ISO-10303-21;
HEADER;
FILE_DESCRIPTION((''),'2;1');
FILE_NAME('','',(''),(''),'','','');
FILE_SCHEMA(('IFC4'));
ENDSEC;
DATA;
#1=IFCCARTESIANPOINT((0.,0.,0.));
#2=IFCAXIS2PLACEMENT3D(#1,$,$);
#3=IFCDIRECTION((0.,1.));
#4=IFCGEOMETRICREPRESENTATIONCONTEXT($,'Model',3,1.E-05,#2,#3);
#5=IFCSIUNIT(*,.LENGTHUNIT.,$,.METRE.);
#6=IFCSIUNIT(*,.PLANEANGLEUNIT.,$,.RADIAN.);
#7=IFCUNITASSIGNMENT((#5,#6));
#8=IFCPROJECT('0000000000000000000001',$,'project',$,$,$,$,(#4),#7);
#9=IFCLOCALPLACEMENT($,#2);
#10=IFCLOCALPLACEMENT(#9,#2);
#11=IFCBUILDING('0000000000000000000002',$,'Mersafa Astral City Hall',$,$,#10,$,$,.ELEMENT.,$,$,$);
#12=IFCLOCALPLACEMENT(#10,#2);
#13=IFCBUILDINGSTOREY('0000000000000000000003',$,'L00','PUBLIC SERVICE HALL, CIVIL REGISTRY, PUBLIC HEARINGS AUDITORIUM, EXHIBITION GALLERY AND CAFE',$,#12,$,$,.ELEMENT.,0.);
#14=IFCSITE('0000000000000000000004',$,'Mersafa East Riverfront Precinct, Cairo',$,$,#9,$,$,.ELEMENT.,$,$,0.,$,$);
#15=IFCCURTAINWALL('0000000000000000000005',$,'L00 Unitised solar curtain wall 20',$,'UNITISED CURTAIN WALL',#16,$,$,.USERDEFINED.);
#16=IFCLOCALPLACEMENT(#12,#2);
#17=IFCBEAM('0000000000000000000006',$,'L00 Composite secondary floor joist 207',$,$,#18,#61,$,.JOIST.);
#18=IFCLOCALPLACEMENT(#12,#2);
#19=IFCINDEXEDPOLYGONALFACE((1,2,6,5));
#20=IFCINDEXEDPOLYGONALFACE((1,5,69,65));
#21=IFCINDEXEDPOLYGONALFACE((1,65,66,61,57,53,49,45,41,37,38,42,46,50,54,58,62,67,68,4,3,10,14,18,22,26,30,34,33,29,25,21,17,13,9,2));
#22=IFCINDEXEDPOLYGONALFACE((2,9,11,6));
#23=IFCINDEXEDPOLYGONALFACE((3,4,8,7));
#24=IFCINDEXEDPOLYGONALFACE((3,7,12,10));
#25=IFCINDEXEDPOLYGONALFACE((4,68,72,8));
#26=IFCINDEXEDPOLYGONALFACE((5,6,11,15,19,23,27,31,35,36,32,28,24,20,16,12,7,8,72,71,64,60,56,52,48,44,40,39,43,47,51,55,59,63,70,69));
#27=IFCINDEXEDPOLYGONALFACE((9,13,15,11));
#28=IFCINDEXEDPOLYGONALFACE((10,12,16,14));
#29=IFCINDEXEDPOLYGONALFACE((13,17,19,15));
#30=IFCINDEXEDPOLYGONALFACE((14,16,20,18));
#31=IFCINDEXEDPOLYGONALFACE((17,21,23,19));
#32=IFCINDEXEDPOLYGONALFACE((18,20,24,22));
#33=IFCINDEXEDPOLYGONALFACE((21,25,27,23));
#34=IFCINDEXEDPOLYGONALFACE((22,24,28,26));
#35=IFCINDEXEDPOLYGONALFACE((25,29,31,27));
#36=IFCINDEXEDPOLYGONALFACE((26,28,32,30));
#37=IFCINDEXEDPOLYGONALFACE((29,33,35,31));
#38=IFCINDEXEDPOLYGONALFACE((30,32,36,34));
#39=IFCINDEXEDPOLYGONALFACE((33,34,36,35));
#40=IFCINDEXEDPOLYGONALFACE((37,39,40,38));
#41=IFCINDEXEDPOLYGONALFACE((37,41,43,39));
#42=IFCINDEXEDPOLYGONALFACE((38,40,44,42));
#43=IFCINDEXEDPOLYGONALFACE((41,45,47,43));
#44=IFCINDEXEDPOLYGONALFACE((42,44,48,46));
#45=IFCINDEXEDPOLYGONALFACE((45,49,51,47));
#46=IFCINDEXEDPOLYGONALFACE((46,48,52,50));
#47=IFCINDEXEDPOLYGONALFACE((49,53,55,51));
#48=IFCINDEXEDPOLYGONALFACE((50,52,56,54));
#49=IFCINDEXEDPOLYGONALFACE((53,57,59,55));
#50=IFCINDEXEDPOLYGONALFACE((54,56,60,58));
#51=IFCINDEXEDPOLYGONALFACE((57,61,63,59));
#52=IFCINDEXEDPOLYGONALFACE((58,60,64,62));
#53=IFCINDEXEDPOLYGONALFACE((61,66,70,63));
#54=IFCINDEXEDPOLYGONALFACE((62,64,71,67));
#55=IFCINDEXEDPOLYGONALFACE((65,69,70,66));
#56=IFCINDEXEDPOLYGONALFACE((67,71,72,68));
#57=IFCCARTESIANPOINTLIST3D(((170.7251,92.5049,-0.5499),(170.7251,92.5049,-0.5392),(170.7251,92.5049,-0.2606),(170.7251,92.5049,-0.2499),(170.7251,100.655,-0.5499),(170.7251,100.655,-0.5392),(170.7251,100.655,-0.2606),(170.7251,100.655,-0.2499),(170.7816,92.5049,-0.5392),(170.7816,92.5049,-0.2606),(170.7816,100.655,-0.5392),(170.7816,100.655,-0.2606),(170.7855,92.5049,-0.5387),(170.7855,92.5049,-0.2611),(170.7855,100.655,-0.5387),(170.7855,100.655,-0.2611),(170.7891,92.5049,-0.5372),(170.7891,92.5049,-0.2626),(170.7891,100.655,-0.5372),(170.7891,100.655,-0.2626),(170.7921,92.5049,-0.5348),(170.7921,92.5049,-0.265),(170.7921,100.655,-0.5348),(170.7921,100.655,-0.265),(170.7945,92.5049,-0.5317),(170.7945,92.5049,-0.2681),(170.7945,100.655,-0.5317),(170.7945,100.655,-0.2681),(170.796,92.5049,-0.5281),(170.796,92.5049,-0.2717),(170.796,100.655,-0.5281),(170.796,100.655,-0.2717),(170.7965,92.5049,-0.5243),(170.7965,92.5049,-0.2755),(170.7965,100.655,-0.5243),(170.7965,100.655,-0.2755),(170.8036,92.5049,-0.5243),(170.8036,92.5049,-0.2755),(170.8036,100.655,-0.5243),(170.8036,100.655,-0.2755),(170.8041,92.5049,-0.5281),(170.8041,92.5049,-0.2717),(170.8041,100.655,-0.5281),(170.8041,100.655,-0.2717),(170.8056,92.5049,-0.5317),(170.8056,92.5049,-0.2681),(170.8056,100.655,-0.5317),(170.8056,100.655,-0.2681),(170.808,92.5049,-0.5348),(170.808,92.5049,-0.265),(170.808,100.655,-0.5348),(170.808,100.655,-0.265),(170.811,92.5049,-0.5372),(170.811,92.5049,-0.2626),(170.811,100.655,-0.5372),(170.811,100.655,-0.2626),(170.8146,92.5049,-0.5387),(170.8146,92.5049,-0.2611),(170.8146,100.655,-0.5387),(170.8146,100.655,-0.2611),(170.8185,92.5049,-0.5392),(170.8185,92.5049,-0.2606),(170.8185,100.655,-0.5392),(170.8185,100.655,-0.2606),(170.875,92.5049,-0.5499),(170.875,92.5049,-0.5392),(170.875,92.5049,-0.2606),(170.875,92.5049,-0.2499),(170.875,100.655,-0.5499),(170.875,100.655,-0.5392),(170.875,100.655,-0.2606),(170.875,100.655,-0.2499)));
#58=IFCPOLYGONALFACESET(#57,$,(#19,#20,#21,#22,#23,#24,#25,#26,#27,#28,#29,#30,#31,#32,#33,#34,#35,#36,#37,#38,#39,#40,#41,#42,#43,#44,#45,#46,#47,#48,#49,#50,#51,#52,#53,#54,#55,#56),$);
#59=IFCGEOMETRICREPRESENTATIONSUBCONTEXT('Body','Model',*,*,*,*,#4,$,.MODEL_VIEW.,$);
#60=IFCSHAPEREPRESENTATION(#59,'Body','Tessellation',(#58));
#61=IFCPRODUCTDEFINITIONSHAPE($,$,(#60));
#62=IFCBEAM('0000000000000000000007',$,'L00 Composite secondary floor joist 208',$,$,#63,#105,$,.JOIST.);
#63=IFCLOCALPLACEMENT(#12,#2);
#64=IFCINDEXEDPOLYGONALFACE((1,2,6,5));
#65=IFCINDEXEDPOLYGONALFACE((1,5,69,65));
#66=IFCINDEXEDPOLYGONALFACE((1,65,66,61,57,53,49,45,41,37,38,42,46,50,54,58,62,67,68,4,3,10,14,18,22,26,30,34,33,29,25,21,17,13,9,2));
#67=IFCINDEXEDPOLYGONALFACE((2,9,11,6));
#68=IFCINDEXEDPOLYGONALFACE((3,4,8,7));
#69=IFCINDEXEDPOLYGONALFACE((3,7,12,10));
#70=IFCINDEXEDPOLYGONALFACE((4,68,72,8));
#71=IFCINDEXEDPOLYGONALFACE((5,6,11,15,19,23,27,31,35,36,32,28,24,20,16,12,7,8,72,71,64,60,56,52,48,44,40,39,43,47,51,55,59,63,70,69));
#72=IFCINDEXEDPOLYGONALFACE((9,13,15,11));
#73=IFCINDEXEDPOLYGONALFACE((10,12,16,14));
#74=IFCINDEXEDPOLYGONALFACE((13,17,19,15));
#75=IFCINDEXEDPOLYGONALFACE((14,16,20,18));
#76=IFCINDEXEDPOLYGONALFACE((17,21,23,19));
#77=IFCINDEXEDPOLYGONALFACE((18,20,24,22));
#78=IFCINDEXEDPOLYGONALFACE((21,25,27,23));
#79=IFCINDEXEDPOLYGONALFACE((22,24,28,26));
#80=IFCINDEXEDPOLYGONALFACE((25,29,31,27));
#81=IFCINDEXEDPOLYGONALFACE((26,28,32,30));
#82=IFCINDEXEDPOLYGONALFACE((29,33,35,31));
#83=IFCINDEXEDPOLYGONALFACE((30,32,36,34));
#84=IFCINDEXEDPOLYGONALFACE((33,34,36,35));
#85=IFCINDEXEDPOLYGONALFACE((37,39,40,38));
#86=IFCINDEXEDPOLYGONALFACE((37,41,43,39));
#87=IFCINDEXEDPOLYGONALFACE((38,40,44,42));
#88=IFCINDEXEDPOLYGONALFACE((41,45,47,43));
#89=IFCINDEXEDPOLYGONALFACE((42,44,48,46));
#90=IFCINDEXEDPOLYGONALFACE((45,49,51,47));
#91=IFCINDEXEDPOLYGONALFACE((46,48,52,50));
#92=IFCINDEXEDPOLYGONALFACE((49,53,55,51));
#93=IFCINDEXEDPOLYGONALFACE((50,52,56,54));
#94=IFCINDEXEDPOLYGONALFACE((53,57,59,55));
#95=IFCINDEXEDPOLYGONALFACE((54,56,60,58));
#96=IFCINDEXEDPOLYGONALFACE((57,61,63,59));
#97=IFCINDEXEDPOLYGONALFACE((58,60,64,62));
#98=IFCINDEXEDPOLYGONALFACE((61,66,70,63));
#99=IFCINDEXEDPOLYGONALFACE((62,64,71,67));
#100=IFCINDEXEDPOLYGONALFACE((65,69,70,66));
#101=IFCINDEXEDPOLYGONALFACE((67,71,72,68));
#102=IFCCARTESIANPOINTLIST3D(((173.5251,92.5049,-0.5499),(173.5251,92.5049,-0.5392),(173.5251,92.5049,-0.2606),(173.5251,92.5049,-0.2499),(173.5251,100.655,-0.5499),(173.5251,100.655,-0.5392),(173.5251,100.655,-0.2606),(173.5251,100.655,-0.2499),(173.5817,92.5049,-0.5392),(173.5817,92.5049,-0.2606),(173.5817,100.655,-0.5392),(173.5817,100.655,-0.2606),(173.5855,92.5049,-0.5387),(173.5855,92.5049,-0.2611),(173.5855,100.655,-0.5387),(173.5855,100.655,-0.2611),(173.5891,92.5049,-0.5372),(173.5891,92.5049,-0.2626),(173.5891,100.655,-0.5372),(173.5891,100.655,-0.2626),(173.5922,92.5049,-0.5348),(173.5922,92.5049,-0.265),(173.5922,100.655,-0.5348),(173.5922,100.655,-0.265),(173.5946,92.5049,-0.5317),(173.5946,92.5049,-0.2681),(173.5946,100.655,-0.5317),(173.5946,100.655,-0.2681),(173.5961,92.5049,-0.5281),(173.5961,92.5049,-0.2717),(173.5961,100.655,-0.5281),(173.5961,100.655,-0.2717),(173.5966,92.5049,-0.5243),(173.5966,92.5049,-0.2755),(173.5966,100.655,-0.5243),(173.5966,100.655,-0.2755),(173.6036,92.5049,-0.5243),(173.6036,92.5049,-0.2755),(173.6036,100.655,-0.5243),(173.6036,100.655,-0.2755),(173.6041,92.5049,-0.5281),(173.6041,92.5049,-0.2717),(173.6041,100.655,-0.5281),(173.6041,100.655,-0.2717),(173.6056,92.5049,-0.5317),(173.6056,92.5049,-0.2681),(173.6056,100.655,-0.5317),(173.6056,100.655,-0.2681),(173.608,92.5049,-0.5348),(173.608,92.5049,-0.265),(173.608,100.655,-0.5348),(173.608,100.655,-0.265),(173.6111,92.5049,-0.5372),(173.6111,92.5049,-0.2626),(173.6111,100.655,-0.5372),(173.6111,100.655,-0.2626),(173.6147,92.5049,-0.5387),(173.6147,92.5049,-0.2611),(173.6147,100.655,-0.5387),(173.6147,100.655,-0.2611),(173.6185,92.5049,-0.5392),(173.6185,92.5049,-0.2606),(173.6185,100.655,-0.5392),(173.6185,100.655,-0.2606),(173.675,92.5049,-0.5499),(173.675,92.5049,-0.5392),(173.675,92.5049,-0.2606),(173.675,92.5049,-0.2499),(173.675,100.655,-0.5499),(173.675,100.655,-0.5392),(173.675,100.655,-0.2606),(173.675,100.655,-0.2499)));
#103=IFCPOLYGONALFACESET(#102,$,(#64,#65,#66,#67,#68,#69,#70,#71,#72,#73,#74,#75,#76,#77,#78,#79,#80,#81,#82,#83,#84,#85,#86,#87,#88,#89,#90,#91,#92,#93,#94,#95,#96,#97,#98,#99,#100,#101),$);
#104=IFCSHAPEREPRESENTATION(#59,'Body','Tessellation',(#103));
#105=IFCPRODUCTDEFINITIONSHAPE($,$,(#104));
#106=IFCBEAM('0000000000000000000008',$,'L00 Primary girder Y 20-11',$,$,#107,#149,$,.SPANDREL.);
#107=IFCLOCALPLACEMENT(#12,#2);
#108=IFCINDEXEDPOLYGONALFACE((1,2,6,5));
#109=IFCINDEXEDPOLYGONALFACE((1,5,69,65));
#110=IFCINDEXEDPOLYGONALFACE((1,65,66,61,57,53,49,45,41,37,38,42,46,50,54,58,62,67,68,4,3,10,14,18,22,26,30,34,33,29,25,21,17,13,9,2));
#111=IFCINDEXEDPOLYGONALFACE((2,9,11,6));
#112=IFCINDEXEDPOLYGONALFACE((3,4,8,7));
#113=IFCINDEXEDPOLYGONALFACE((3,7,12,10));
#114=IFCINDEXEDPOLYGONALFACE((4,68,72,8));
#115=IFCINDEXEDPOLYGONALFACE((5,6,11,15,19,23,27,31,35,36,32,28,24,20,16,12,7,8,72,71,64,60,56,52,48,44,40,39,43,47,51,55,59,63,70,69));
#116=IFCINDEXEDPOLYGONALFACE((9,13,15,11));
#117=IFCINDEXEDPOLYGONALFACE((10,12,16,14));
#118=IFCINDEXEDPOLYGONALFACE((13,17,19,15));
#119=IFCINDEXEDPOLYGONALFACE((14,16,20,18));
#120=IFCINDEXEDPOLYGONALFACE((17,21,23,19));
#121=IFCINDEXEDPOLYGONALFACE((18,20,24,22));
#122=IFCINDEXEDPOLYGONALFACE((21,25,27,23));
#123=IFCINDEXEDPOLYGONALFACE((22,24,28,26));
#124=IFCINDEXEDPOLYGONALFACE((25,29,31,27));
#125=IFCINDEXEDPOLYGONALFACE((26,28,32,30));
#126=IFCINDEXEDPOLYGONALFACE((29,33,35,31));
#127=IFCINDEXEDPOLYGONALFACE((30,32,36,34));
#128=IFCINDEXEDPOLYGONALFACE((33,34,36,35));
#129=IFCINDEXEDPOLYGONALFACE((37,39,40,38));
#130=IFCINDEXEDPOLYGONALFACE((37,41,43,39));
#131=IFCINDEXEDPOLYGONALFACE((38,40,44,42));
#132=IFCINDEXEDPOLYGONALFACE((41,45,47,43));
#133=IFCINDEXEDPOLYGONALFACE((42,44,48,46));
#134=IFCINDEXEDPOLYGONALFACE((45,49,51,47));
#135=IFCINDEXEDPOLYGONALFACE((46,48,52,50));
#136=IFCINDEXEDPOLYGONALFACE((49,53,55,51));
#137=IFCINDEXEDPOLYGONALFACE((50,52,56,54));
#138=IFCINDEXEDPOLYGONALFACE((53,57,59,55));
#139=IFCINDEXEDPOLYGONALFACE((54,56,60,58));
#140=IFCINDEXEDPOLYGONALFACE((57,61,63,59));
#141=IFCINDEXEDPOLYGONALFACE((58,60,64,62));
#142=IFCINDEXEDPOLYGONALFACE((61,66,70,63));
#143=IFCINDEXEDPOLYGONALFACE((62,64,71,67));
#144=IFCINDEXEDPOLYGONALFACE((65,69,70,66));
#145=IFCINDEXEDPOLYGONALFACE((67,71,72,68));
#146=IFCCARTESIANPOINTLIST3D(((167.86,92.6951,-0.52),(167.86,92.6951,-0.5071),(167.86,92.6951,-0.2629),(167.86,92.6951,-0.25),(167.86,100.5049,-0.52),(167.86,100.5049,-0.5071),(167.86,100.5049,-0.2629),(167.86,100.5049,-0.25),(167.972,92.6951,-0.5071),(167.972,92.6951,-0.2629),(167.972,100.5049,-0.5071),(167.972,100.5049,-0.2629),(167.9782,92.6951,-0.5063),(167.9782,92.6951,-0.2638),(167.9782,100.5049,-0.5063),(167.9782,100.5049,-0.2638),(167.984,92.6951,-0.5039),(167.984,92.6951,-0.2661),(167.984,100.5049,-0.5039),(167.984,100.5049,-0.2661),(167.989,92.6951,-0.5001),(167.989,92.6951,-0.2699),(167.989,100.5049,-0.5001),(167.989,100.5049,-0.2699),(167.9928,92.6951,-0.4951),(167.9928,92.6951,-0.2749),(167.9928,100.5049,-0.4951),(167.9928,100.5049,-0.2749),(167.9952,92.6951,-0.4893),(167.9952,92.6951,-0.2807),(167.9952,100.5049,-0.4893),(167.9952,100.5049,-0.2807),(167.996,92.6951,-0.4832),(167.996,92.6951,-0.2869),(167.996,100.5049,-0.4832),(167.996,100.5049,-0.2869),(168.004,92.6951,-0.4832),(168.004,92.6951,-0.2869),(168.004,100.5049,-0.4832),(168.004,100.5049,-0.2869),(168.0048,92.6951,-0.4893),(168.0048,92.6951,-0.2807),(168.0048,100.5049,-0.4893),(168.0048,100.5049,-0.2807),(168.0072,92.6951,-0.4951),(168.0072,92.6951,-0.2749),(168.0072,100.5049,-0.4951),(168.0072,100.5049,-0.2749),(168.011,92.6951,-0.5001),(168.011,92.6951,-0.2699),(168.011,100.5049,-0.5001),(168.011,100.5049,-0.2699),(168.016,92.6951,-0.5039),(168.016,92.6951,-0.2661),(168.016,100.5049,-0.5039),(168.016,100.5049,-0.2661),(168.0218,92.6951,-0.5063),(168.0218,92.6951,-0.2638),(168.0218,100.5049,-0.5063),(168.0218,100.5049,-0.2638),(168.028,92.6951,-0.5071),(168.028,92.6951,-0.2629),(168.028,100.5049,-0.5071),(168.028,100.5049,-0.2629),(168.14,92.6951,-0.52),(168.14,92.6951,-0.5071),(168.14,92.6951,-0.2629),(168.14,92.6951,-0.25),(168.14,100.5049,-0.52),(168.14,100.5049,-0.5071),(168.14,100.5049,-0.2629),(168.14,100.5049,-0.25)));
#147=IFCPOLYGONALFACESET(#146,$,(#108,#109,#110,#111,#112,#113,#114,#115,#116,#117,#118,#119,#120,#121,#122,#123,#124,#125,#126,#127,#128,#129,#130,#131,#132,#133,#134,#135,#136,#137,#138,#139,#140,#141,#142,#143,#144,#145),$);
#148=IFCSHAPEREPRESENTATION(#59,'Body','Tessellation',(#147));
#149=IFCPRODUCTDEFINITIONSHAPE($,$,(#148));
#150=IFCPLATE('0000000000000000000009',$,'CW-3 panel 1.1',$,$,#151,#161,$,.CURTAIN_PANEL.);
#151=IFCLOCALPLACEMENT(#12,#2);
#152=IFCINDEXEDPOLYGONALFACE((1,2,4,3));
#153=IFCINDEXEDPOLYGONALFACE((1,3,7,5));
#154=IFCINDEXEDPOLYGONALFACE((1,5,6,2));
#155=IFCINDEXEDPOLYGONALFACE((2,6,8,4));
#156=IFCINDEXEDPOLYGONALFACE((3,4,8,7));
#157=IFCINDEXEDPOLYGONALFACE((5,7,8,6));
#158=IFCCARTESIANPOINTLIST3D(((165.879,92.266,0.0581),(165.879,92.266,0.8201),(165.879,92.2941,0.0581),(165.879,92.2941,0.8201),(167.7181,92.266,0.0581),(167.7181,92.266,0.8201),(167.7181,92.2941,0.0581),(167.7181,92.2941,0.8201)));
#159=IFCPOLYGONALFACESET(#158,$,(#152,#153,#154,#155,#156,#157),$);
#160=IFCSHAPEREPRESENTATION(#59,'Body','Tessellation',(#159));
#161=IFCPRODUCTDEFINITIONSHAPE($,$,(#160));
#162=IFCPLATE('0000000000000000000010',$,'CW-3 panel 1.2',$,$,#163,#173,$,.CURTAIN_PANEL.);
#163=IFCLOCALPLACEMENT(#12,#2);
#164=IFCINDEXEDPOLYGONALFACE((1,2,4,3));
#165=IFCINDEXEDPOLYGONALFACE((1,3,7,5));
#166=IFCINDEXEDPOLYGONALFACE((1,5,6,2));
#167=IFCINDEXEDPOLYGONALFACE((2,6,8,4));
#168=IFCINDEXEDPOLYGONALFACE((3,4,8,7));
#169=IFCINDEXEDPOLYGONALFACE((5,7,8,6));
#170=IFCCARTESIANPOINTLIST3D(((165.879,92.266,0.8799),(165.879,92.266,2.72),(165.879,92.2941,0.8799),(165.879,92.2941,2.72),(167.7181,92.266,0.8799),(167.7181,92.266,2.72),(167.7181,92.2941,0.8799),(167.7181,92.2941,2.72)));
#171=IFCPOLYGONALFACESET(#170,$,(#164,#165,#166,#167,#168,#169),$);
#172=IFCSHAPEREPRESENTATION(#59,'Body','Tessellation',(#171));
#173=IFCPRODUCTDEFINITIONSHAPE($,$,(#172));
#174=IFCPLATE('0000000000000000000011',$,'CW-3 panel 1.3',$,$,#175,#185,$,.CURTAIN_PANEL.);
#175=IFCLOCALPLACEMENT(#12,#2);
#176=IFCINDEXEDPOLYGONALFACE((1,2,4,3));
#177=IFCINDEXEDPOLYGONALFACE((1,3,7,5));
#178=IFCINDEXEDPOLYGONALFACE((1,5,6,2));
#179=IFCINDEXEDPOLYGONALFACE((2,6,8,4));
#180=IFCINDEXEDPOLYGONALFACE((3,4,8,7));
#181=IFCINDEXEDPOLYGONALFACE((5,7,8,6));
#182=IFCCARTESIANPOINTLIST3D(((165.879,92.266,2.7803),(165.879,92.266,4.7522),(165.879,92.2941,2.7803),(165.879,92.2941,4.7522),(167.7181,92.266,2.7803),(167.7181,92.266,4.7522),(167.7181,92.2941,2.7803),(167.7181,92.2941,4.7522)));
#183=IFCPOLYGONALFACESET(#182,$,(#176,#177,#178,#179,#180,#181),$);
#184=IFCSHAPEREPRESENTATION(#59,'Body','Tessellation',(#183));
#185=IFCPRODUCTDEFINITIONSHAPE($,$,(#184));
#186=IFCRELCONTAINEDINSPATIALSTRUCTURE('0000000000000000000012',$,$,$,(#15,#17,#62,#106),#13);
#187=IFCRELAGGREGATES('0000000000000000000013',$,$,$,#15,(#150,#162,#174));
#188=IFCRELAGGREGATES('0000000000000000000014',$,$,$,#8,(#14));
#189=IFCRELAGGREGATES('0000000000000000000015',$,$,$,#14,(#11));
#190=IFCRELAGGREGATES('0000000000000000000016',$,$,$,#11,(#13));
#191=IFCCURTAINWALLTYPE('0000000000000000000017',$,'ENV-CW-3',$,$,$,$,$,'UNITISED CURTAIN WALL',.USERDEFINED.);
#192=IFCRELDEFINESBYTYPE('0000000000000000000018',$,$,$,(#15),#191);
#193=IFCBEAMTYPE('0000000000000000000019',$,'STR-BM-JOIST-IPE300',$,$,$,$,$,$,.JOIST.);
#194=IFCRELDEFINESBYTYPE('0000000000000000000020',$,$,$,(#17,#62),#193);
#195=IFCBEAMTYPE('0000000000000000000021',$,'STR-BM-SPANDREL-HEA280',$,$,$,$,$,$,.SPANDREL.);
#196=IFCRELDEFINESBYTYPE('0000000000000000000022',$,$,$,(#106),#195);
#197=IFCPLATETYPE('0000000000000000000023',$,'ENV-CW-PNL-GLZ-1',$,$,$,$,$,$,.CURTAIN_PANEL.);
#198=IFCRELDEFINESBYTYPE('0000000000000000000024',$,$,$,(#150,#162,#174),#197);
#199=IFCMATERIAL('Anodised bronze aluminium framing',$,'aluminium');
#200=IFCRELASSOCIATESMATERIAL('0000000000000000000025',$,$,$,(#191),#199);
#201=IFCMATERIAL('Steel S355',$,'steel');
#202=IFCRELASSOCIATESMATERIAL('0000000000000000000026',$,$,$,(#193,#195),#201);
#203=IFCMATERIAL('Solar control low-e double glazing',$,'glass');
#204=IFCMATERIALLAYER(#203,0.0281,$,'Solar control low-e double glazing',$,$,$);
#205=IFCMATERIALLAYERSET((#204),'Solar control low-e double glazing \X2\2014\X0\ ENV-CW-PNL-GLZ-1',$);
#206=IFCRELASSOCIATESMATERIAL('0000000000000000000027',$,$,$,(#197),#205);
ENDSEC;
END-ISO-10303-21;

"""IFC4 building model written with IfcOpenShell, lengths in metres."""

from ifc_helpers import new_model, si_unit, direction, frame, origin, origin_2d, place, context, subcontext, project, spatial, rectangle, i_section, extrude, material, layer, layer_set, material_profile, profile_set, type_object, element, aggregate, save


model = new_model("IFC4")

# Units and contexts
model_context = context("Model", 3, precision=1e-05, world=origin(), true_north=direction((0.0, 1.0)))
body_context = subcontext(model_context, "Body", "Model", "MODEL_VIEW")
ifc_project = project(units=[si_unit("LENGTHUNIT", "METRE"), si_unit("PLANEANGLEUNIT", "RADIAN")], contexts=[model_context])

# Site, building, storey
site_placement = place(None, origin())
site = spatial("IfcSite", under=ifc_project, at=site_placement, Name="Mersafa East Riverfront Precinct, Cairo", CompositionType="ELEMENT", RefElevation=0.0)
building_placement = place(site_placement, origin())
building = spatial("IfcBuilding", under=site, at=building_placement, Name="Mersafa Astral City Hall", CompositionType="ELEMENT")
storey_placement = place(building_placement, origin())
storey = spatial("IfcBuildingStorey", under=building, at=storey_placement, Name="L00", Description="PUBLIC SERVICE HALL, CIVIL REGISTRY, PUBLIC HEARINGS AUDITORIUM, EXHIBITION GALLERY AND CAFE", CompositionType="ELEMENT", Elevation=0.0)

# Shared definitions
ifc_material_1 = material(Name="Steel S355", Category="steel")

# Curtain wall
ifc_material_2 = material(Name="Anodised bronze aluminium framing", Category="aluminium")
curtain_wall_type = type_object("IfcCurtainWallType", Name="ENV-CW-3", ElementType="UNITISED CURTAIN WALL", PredefinedType="USERDEFINED", material=ifc_material_2)
curtain_wall_placement = place(storey_placement, origin())
curtain_wall = element("IfcCurtainWall", 1, at=curtain_wall_placement, inside=storey, type_object=curtain_wall_type, Name="L00 Unitised solar curtain wall 20", ObjectType="UNITISED CURTAIN WALL", PredefinedType="USERDEFINED")

# Beams
ifc_material_profile_1 = material_profile(ifc_material_1, i_section(OverallWidth=0.1499, OverallDepth=0.3, WebThickness=0.0071, FlangeThickness=0.0107, FilletRadius=0.0149, at=origin_2d()), Name="IPE 300")
ifc_profile_set_1 = profile_set([ifc_material_profile_1], Name="Steel S355")
beam_type_1 = type_object("IfcBeamType", Name="STR-BM-JOIST-IPE300", PredefinedType="JOIST", material=ifc_profile_set_1)
for number, where, z_axis, x_axis, name in (
    (2, (170.8, 92.5049, -0.3999), (0.0, 1.0, 0.0), (-1.0, 0.0, 0.0), "L00 Composite secondary floor joist 207"),
    (3, (173.6001, 92.5049, -0.3999), (0.0, 1.0, 0.0), (-1.0, 0.0, 0.0), "L00 Composite secondary floor joist 208"),
):
    element("IfcBeam", number, at=place(storey_placement, frame(where, z_axis=z_axis, x_axis=x_axis)), inside=storey, type_object=beam_type_1, Name=name, PredefinedType="JOIST", context=body_context, shape_type="SweptSolid", body=[
        extrude(i_section(OverallWidth=0.1499, OverallDepth=0.3, WebThickness=0.0071, FlangeThickness=0.0107, FilletRadius=0.0149, at=origin_2d()), origin(), (0.0, 0.0, 1.0), 8.1501),
    ])
ifc_material_profile_2 = material_profile(ifc_material_1, i_section(OverallWidth=0.28, OverallDepth=0.27, WebThickness=0.0081, FlangeThickness=0.0129, FilletRadius=0.0239, at=origin_2d()), Name="HEA 280")
ifc_profile_set_2 = profile_set([ifc_material_profile_2], Name="Steel S355")
beam_type_2 = type_object("IfcBeamType", Name="STR-BM-SPANDREL-HEA280", PredefinedType="SPANDREL", material=ifc_profile_set_2)
beam_1_placement = place(storey_placement, frame((168.0, 92.6951, -0.385), z_axis=(0.0, 1.0, 0.0), x_axis=(-1.0, 0.0, 0.0)))
element("IfcBeam", 4, at=beam_1_placement, inside=storey, type_object=beam_type_2, Name="L00 Primary girder Y 20-11", PredefinedType="SPANDREL", context=body_context, shape_type="SweptSolid", body=[
    extrude(i_section(OverallWidth=0.28, OverallDepth=0.27, WebThickness=0.0081, FlangeThickness=0.0129, FilletRadius=0.0239, at=origin_2d()), origin(), (0.0, 0.0, 1.0), 7.8098),
])

# Plates
ifc_material_3 = material(Name="Solar control low-e double glazing", Category="glass")
ifc_layer_1 = layer(ifc_material_3, 0.0281, Name="Solar control low-e double glazing")
ifc_layer_set_1 = layer_set([ifc_layer_1], Name="Solar control low-e double glazing — ENV-CW-PNL-GLZ-1")
plate_type = type_object("IfcPlateType", Name="ENV-CW-PNL-GLZ-1", PredefinedType="CURTAIN_PANEL", material=ifc_layer_set_1)
plate_1_placement = place(storey_placement, frame((166.7986, 92.28, 0.0581), z_axis=(0.0, 0.0, 1.0), x_axis=(-1.0, 0.0, 0.0)))
plate_1 = element("IfcPlate", 5, at=plate_1_placement, type_object=plate_type, Name="CW-3 panel 1.1", PredefinedType="CURTAIN_PANEL", context=body_context, shape_type="SweptSolid", body=[
    extrude(rectangle(XDim=1.8391, YDim=0.0281, at=origin_2d()), origin(), (0.0, 0.0, 1.0), 0.762),
])
plate_2_placement = place(storey_placement, frame((166.7986, 92.28, 0.8799), z_axis=(0.0, 0.0, 1.0), x_axis=(-1.0, 0.0, 0.0)))
plate_2 = element("IfcPlate", 6, at=plate_2_placement, type_object=plate_type, Name="CW-3 panel 1.2", PredefinedType="CURTAIN_PANEL", context=body_context, shape_type="SweptSolid", body=[
    extrude(rectangle(XDim=1.8391, YDim=0.0281, at=origin_2d()), origin(), (0.0, 0.0, 1.0), 1.8401),
])
plate_3_placement = place(storey_placement, frame((166.7986, 92.28, 2.7803), z_axis=(0.0, 0.0, 1.0), x_axis=(-1.0, 0.0, 0.0)))
plate_3 = element("IfcPlate", 7, at=plate_3_placement, type_object=plate_type, Name="CW-3 panel 1.3", PredefinedType="CURTAIN_PANEL", context=body_context, shape_type="SweptSolid", body=[
    extrude(rectangle(XDim=1.8391, YDim=0.0281, at=origin_2d()), origin(), (0.0, 0.0, 1.0), 1.9719),
])
aggregate(curtain_wall, [plate_1, plate_2, plate_3])

save(model, "model.ifc")
